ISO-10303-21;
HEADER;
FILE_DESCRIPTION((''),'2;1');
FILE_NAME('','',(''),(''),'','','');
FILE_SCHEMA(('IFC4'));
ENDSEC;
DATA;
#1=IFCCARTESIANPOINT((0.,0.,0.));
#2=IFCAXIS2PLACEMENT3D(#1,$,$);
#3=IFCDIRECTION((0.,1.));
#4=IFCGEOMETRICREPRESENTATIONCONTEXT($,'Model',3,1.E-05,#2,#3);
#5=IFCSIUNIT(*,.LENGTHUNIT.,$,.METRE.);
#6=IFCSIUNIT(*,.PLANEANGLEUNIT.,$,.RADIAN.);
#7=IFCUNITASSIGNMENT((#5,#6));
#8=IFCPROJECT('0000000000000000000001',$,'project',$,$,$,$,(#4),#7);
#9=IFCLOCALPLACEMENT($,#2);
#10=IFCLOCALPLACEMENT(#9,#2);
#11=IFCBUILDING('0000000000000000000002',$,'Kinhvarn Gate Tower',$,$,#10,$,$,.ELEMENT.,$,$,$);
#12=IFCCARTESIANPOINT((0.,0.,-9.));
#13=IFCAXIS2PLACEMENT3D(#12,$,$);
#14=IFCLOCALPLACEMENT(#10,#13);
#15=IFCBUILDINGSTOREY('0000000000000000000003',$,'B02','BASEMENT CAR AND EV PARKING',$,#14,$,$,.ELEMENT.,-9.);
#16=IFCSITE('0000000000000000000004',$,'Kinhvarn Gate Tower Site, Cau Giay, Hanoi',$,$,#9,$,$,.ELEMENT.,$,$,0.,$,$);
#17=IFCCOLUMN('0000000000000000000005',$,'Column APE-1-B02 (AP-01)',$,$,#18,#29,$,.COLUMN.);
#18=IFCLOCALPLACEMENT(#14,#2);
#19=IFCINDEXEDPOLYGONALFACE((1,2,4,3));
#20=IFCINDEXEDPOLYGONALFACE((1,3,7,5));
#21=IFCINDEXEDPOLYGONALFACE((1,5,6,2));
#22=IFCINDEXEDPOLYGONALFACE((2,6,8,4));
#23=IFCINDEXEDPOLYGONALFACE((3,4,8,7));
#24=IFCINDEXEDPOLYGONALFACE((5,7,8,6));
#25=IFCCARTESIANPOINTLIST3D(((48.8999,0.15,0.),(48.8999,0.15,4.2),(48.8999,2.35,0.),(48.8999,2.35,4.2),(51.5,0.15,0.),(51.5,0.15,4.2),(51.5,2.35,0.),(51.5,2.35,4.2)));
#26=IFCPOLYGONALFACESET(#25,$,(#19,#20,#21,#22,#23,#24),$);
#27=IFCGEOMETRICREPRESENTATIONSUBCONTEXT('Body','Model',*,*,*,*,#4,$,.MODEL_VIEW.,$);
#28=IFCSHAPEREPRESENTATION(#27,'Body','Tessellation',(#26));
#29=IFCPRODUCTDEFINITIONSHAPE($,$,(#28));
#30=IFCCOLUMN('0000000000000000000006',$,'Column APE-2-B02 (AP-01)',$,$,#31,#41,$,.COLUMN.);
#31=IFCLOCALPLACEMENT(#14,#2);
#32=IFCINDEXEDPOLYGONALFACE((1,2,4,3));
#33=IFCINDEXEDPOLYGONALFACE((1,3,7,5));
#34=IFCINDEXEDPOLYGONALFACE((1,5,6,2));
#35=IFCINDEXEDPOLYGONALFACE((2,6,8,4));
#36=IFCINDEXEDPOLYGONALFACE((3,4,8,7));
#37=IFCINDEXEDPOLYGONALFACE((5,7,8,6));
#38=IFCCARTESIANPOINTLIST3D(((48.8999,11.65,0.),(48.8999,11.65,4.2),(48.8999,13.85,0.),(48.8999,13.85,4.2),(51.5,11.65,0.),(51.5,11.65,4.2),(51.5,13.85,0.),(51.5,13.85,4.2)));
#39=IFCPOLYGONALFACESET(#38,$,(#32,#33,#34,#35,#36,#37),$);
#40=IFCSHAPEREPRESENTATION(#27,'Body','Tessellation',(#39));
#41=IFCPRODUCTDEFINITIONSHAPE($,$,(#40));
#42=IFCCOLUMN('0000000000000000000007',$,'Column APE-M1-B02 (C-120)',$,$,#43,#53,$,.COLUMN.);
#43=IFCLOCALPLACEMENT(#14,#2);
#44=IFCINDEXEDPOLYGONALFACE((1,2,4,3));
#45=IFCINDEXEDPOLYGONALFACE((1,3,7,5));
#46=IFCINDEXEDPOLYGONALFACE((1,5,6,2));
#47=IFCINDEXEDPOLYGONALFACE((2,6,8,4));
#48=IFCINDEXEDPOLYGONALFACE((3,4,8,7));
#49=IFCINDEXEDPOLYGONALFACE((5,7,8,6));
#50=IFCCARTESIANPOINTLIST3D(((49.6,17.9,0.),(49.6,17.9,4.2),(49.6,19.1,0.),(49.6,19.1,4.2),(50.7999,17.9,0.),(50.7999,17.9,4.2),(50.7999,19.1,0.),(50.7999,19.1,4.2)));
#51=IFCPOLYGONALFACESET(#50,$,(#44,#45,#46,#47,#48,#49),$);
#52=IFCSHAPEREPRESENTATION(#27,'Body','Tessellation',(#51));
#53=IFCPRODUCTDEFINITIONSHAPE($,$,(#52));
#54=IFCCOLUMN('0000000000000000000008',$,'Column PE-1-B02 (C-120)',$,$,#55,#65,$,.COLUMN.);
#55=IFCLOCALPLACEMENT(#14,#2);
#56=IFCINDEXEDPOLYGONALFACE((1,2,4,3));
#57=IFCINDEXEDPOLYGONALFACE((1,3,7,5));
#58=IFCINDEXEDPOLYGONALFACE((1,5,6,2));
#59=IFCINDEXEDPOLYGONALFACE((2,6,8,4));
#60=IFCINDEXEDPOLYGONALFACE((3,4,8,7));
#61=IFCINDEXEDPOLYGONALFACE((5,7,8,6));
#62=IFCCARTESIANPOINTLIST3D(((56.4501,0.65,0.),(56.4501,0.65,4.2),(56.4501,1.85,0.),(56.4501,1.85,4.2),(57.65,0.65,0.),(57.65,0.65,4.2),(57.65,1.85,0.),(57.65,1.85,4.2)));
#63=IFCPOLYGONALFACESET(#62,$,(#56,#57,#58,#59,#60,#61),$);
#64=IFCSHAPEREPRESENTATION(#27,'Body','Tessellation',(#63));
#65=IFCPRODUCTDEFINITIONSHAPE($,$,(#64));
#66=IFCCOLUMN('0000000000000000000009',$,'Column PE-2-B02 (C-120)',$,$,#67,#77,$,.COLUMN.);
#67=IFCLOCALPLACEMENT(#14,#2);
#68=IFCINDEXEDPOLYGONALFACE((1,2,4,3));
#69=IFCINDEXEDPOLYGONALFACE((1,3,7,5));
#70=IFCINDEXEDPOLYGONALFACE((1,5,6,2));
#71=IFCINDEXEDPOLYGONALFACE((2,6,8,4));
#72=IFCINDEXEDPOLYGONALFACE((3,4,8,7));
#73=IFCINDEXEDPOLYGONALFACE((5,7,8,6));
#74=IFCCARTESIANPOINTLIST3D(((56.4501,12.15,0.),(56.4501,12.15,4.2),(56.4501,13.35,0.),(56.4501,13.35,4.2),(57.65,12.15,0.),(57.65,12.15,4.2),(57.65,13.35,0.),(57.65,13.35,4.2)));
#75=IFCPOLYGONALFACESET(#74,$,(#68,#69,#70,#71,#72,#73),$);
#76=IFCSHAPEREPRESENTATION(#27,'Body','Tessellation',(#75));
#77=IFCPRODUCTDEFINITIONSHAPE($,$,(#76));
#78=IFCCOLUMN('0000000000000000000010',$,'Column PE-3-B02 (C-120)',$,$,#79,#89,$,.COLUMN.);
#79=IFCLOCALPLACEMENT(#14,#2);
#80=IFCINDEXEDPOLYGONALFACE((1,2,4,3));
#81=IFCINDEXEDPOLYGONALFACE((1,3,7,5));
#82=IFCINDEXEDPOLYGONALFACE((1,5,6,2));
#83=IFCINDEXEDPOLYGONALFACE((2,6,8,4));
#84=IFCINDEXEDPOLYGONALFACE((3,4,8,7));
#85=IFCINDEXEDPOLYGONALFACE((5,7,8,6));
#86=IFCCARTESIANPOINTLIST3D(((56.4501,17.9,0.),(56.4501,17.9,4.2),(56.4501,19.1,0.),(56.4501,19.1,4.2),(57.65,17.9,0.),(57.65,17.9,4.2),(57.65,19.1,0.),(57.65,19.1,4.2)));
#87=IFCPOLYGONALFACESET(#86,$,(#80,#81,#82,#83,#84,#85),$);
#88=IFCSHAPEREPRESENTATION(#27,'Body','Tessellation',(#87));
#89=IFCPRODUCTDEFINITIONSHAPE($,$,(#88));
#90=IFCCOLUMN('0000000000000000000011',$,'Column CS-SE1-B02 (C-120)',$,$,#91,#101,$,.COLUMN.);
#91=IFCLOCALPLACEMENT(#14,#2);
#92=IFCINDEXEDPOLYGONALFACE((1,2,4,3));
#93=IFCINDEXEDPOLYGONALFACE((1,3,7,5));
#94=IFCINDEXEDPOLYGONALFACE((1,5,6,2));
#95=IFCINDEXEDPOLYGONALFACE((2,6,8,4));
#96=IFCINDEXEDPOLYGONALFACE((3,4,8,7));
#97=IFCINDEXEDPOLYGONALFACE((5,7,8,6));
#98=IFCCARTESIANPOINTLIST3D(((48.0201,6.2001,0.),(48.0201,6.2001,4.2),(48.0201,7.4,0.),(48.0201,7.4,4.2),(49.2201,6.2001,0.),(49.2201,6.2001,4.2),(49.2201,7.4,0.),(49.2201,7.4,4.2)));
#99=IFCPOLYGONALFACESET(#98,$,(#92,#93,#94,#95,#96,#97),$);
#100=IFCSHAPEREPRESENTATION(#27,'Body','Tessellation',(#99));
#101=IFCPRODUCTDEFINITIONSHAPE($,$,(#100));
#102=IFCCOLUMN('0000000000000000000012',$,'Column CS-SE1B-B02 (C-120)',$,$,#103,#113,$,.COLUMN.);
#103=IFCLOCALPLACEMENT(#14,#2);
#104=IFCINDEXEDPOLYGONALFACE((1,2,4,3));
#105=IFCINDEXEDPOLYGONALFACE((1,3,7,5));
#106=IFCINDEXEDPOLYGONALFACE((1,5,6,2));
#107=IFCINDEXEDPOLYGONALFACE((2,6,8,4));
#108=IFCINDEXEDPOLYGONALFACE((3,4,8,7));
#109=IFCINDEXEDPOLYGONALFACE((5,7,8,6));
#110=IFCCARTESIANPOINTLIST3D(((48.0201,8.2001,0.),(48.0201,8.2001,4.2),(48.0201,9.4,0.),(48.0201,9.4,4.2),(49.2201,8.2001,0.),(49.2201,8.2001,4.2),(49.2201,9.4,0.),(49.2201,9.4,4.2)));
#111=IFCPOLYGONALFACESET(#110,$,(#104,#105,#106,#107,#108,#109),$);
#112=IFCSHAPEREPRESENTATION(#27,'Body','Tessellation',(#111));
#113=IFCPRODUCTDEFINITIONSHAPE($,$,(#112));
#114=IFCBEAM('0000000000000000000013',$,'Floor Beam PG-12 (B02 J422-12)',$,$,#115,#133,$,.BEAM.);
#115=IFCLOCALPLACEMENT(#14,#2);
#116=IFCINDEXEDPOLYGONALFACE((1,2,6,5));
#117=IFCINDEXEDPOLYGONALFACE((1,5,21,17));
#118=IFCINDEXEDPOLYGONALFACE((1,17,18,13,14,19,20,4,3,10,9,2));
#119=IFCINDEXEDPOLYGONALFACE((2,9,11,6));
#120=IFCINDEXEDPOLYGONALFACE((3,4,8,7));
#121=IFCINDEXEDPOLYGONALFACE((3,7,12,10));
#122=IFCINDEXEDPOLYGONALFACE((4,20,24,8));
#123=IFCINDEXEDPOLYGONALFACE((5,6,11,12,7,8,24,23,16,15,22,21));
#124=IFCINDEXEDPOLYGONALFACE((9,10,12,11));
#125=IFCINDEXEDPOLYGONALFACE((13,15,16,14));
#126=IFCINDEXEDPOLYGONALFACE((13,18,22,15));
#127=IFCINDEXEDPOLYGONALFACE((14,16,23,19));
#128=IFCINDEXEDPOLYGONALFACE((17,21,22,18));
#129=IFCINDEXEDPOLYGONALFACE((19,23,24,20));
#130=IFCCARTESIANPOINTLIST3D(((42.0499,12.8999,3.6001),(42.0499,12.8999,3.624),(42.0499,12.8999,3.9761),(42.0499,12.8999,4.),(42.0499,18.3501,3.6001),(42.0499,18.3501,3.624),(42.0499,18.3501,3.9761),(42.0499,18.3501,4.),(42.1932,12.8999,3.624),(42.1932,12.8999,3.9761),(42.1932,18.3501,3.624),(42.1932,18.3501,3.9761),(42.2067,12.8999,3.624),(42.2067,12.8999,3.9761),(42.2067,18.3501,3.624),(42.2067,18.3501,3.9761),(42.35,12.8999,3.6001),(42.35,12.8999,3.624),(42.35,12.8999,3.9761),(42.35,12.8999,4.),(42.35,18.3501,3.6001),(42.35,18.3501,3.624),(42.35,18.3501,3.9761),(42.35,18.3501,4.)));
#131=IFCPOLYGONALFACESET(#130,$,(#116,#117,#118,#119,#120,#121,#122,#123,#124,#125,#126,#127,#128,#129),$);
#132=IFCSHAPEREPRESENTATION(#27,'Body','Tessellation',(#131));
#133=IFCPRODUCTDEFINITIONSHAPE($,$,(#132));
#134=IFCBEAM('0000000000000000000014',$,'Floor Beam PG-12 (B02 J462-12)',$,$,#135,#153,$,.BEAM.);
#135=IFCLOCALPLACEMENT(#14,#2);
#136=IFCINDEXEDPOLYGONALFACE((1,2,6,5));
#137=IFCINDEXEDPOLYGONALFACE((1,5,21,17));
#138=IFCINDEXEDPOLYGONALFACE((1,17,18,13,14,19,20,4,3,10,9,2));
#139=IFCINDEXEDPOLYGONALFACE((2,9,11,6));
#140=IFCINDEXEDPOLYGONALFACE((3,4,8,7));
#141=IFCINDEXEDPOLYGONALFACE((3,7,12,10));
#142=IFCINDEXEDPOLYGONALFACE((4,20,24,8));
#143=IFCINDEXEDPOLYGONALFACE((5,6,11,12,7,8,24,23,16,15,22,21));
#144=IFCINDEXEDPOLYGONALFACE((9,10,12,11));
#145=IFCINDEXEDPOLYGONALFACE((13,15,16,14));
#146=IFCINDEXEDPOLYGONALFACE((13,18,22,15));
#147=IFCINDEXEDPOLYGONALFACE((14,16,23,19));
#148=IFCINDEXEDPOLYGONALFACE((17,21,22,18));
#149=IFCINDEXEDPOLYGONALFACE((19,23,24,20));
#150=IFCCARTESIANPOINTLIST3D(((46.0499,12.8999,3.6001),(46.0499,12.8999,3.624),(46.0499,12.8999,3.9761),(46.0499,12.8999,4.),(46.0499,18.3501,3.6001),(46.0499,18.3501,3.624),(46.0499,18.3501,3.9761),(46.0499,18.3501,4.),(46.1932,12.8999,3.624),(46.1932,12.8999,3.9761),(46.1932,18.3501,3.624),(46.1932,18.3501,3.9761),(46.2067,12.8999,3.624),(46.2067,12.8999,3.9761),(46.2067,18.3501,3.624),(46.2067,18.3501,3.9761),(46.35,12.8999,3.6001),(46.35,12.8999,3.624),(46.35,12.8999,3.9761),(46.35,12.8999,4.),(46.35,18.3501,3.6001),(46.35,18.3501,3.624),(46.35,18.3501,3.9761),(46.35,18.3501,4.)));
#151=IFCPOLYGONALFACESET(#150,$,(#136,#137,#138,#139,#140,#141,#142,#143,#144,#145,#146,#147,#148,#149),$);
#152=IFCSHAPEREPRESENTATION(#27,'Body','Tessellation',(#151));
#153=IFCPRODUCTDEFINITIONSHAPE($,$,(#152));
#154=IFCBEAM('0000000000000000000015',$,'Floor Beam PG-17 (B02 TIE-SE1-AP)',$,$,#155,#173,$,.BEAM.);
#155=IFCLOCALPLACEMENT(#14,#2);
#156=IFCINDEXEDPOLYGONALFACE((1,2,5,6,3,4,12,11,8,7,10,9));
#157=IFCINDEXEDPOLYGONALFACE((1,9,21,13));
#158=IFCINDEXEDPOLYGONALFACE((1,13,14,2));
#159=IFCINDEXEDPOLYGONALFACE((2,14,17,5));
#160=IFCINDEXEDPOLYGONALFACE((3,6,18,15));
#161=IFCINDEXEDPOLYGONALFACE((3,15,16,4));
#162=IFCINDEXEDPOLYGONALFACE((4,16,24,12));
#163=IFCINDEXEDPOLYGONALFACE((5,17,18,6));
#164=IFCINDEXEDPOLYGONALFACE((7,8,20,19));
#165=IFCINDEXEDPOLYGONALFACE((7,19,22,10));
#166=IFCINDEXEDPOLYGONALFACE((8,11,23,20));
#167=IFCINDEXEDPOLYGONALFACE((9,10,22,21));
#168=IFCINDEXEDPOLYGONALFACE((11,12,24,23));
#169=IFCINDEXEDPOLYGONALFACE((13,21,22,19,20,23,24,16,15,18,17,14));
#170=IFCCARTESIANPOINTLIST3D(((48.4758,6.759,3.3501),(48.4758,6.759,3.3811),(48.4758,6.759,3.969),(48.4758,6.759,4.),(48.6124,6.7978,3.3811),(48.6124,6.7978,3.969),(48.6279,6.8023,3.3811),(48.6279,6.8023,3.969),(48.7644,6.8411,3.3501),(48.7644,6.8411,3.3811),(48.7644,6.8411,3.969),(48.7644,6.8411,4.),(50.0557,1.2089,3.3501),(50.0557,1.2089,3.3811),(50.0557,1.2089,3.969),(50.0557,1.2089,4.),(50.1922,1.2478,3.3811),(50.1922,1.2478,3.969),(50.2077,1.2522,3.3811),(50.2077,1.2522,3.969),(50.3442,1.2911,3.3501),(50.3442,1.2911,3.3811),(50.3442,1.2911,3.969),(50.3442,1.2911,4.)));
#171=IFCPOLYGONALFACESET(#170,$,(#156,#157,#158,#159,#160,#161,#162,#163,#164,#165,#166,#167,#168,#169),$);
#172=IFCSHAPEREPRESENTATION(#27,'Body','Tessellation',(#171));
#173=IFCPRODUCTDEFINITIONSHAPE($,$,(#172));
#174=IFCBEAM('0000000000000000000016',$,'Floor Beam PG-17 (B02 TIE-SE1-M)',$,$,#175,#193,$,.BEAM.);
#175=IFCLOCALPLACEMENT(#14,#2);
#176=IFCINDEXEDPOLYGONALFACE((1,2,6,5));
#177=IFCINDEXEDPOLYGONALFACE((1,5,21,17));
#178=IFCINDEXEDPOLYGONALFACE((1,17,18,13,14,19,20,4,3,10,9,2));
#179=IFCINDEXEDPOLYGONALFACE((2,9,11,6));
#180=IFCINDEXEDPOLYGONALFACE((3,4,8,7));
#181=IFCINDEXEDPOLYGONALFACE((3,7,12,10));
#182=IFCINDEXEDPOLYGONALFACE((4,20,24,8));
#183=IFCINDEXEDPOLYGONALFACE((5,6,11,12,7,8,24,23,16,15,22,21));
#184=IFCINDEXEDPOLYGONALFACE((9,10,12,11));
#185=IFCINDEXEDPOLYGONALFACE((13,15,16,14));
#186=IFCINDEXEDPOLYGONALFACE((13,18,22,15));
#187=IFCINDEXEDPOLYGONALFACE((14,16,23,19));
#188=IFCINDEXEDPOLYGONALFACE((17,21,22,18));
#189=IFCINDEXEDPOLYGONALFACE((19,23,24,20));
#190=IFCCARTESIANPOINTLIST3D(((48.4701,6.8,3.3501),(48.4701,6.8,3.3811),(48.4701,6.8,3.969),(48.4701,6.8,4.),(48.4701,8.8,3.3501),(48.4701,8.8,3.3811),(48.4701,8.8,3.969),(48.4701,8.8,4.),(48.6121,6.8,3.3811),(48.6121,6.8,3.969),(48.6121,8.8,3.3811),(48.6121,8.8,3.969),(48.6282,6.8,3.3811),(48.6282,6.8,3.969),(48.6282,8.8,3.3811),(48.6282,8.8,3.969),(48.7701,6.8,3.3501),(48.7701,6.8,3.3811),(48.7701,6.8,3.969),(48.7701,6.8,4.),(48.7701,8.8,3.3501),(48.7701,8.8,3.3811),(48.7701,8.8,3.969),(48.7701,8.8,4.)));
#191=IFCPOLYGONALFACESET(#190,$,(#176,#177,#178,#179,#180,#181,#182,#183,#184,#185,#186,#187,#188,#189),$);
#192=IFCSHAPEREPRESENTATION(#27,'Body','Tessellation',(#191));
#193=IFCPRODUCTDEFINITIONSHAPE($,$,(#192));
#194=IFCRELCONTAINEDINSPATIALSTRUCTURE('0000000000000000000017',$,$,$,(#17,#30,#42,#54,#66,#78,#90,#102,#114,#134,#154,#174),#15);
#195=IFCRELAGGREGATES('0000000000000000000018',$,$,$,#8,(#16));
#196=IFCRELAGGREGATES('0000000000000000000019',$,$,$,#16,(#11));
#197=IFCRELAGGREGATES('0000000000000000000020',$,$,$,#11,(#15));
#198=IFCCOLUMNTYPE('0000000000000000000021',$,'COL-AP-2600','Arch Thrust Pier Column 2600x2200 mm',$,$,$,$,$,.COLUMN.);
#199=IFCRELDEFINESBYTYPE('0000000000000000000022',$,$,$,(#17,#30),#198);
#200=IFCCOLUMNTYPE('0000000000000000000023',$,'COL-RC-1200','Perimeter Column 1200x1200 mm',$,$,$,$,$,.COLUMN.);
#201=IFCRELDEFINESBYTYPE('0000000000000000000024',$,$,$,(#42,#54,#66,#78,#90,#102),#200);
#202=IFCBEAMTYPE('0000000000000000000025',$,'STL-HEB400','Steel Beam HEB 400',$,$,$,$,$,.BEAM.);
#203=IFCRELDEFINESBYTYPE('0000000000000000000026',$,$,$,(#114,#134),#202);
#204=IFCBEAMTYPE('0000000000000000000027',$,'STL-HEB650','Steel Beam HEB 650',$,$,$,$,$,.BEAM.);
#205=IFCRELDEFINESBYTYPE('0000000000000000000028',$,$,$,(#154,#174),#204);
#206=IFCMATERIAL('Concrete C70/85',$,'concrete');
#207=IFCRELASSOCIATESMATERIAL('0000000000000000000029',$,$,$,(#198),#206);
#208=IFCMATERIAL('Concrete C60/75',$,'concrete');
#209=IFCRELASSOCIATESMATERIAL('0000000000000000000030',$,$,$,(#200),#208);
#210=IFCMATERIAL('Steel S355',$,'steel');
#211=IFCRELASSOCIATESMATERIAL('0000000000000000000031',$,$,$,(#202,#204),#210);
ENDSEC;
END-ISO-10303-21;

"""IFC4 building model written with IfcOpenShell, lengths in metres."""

from ifc_helpers import new_model, si_unit, direction, frame, origin, origin_2d, place, context, subcontext, project, spatial, rectangle, i_section, extrude, material, material_profile, profile_set, type_object, element, save


model = new_model("IFC4")

# Units and contexts
model_context = context("Model", 3, precision=1e-05, world=origin(), true_north=direction((0.0, 1.0)))
body_context = subcontext(model_context, "Body", "Model", "MODEL_VIEW")
ifc_project = project(units=[si_unit("LENGTHUNIT", "METRE"), si_unit("PLANEANGLEUNIT", "RADIAN")], contexts=[model_context])

# Site, building, storey
site_placement = place(None, origin())
site = spatial("IfcSite", under=ifc_project, at=site_placement, Name="Kinhvarn Gate Tower Site, Cau Giay, Hanoi", CompositionType="ELEMENT", RefElevation=0.0)
building_placement = place(site_placement, origin())
building = spatial("IfcBuilding", under=site, at=building_placement, Name="Kinhvarn Gate Tower", CompositionType="ELEMENT")
storey_placement = place(building_placement, frame((0.0, 0.0, -9.0)))
storey = spatial("IfcBuildingStorey", under=building, at=storey_placement, Name="B02", Description="BASEMENT CAR AND EV PARKING", CompositionType="ELEMENT", Elevation=-9.0)

# Columns
ifc_material_1 = material(Name="Concrete C70/85", Category="concrete")
ifc_material_profile_1 = material_profile(ifc_material_1, rectangle(XDim=2.6001, YDim=2.2, at=origin_2d()), Name="RC 2600x2200")
ifc_profile_set_1 = profile_set([ifc_material_profile_1], Name="Concrete C70/85")
column_type_1 = type_object("IfcColumnType", Name="COL-AP-2600", Description="Arch Thrust Pier Column 2600x2200 mm", PredefinedType="COLUMN", material=ifc_profile_set_1)
for number, where, z_axis, x_axis, name in (
    (1, (50.2, 1.25, 0.0), (0.0, 0.0, 1.0), (1.0, 0.0, 0.0), "Column APE-1-B02 (AP-01)"),
    (2, (50.2, 12.75, 0.0), (0.0, 0.0, 1.0), (1.0, 0.0, 0.0), "Column APE-2-B02 (AP-01)"),
):
    element("IfcColumn", number, at=place(storey_placement, frame(where, z_axis=z_axis, x_axis=x_axis)), inside=storey, type_object=column_type_1, Name=name, PredefinedType="COLUMN", context=body_context, shape_type="SweptSolid", body=[
        extrude(rectangle(XDim=2.6001, YDim=2.2, at=origin_2d()), origin(), (0.0, 0.0, 1.0), 4.2),
    ])
ifc_material_2 = material(Name="Concrete C60/75", Category="concrete")
ifc_material_profile_2 = material_profile(ifc_material_2, rectangle(XDim=1.2, YDim=1.2, at=origin_2d()), Name="RC 1200x1200")
ifc_profile_set_2 = profile_set([ifc_material_profile_2], Name="Concrete C60/75")
column_type_2 = type_object("IfcColumnType", Name="COL-RC-1200", Description="Perimeter Column 1200x1200 mm", PredefinedType="COLUMN", material=ifc_profile_set_2)
for number, where, z_axis, x_axis, name in (
    (3, (50.2, 18.5, 0.0), (0.0, 0.0, 1.0), (1.0, 0.0, 0.0), "Column APE-M1-B02 (C-120)"),
    (4, (57.05, 1.25, 0.0), (0.0, 0.0, 1.0), (1.0, 0.0, 0.0), "Column PE-1-B02 (C-120)"),
    (5, (57.05, 12.75, 0.0), (0.0, 0.0, 1.0), (1.0, 0.0, 0.0), "Column PE-2-B02 (C-120)"),
    (6, (57.05, 18.5, 0.0), (0.0, 0.0, 1.0), (1.0, 0.0, 0.0), "Column PE-3-B02 (C-120)"),
    (7, (48.6201, 6.8, 0.0), (0.0, 0.0, 1.0), (1.0, 0.0, 0.0), "Column CS-SE1-B02 (C-120)"),
    (8, (48.6201, 8.8, 0.0), (0.0, 0.0, 1.0), (1.0, 0.0, 0.0), "Column CS-SE1B-B02 (C-120)"),
):
    element("IfcColumn", number, at=place(storey_placement, frame(where, z_axis=z_axis, x_axis=x_axis)), inside=storey, type_object=column_type_2, Name=name, PredefinedType="COLUMN", context=body_context, shape_type="SweptSolid", body=[
        extrude(rectangle(XDim=1.2, YDim=1.2, at=origin_2d()), origin(), (0.0, 0.0, 1.0), 4.2),
    ])

# Beams
ifc_material_3 = material(Name="Steel S355", Category="steel")
ifc_material_profile_3 = material_profile(ifc_material_3, i_section(OverallWidth=0.3, OverallDepth=0.3999, WebThickness=0.0134, FlangeThickness=0.0239, at=origin_2d()), Name="HEB 400")
ifc_profile_set_3 = profile_set([ifc_material_profile_3], Name="Steel S355")
beam_type_1 = type_object("IfcBeamType", Name="STL-HEB400", Description="Steel Beam HEB 400", PredefinedType="BEAM", material=ifc_profile_set_3)
for number, where, z_axis, x_axis, name in (
    (9, (42.2, 12.8999, 3.8), (0.0, 1.0, 0.0), (-1.0, 0.0, 0.0), "Floor Beam PG-12 (B02 J422-12)"),
    (10, (46.2, 12.8999, 3.8), (0.0, 1.0, 0.0), (-1.0, 0.0, 0.0), "Floor Beam PG-12 (B02 J462-12)"),
):
    element("IfcBeam", number, at=place(storey_placement, frame(where, z_axis=z_axis, x_axis=x_axis)), inside=storey, type_object=beam_type_1, Name=name, PredefinedType="BEAM", context=body_context, shape_type="SweptSolid", body=[
        extrude(i_section(OverallWidth=0.3, OverallDepth=0.3999, WebThickness=0.0134, FlangeThickness=0.0239, at=origin_2d()), origin(), (0.0, 0.0, 1.0), 5.4502),
    ])
ifc_material_profile_4 = material_profile(ifc_material_3, i_section(OverallWidth=0.3, OverallDepth=0.6499, WebThickness=0.0161, FlangeThickness=0.031, at=origin_2d()), Name="HEB 650")
ifc_profile_set_4 = profile_set([ifc_material_profile_4], Name="Steel S355")
beam_type_2 = type_object("IfcBeamType", Name="STL-HEB650", Description="Steel Beam HEB 650", PredefinedType="BEAM", material=ifc_profile_set_4)
beam_1_placement = place(storey_placement, frame((48.6201, 6.8, 3.675), z_axis=(0.273777, -0.961793, 0.0), x_axis=(0.961793, 0.273777, 0.0)))
element("IfcBeam", 11, at=beam_1_placement, inside=storey, type_object=beam_type_2, Name="Floor Beam PG-17 (B02 TIE-SE1-AP)", PredefinedType="BEAM", context=body_context, shape_type="SweptSolid", body=[
    extrude(i_section(OverallWidth=0.3, OverallDepth=0.6499, WebThickness=0.0161, FlangeThickness=0.031, at=origin_2d()), origin(), (0.0, 0.0, 1.0), 5.7705),
])
beam_2_placement = place(storey_placement, frame((48.6201, 6.8, 3.675), z_axis=(0.0, 1.0, 0.0), x_axis=(-1.0, 0.0, 0.0)))
element("IfcBeam", 12, at=beam_2_placement, inside=storey, type_object=beam_type_2, Name="Floor Beam PG-17 (B02 TIE-SE1-M)", PredefinedType="BEAM", context=body_context, shape_type="SweptSolid", body=[
    extrude(i_section(OverallWidth=0.3, OverallDepth=0.6499, WebThickness=0.0161, FlangeThickness=0.031, at=origin_2d()), origin(), (0.0, 0.0, 1.0), 2.0),
])

save(model, "model.ifc")
